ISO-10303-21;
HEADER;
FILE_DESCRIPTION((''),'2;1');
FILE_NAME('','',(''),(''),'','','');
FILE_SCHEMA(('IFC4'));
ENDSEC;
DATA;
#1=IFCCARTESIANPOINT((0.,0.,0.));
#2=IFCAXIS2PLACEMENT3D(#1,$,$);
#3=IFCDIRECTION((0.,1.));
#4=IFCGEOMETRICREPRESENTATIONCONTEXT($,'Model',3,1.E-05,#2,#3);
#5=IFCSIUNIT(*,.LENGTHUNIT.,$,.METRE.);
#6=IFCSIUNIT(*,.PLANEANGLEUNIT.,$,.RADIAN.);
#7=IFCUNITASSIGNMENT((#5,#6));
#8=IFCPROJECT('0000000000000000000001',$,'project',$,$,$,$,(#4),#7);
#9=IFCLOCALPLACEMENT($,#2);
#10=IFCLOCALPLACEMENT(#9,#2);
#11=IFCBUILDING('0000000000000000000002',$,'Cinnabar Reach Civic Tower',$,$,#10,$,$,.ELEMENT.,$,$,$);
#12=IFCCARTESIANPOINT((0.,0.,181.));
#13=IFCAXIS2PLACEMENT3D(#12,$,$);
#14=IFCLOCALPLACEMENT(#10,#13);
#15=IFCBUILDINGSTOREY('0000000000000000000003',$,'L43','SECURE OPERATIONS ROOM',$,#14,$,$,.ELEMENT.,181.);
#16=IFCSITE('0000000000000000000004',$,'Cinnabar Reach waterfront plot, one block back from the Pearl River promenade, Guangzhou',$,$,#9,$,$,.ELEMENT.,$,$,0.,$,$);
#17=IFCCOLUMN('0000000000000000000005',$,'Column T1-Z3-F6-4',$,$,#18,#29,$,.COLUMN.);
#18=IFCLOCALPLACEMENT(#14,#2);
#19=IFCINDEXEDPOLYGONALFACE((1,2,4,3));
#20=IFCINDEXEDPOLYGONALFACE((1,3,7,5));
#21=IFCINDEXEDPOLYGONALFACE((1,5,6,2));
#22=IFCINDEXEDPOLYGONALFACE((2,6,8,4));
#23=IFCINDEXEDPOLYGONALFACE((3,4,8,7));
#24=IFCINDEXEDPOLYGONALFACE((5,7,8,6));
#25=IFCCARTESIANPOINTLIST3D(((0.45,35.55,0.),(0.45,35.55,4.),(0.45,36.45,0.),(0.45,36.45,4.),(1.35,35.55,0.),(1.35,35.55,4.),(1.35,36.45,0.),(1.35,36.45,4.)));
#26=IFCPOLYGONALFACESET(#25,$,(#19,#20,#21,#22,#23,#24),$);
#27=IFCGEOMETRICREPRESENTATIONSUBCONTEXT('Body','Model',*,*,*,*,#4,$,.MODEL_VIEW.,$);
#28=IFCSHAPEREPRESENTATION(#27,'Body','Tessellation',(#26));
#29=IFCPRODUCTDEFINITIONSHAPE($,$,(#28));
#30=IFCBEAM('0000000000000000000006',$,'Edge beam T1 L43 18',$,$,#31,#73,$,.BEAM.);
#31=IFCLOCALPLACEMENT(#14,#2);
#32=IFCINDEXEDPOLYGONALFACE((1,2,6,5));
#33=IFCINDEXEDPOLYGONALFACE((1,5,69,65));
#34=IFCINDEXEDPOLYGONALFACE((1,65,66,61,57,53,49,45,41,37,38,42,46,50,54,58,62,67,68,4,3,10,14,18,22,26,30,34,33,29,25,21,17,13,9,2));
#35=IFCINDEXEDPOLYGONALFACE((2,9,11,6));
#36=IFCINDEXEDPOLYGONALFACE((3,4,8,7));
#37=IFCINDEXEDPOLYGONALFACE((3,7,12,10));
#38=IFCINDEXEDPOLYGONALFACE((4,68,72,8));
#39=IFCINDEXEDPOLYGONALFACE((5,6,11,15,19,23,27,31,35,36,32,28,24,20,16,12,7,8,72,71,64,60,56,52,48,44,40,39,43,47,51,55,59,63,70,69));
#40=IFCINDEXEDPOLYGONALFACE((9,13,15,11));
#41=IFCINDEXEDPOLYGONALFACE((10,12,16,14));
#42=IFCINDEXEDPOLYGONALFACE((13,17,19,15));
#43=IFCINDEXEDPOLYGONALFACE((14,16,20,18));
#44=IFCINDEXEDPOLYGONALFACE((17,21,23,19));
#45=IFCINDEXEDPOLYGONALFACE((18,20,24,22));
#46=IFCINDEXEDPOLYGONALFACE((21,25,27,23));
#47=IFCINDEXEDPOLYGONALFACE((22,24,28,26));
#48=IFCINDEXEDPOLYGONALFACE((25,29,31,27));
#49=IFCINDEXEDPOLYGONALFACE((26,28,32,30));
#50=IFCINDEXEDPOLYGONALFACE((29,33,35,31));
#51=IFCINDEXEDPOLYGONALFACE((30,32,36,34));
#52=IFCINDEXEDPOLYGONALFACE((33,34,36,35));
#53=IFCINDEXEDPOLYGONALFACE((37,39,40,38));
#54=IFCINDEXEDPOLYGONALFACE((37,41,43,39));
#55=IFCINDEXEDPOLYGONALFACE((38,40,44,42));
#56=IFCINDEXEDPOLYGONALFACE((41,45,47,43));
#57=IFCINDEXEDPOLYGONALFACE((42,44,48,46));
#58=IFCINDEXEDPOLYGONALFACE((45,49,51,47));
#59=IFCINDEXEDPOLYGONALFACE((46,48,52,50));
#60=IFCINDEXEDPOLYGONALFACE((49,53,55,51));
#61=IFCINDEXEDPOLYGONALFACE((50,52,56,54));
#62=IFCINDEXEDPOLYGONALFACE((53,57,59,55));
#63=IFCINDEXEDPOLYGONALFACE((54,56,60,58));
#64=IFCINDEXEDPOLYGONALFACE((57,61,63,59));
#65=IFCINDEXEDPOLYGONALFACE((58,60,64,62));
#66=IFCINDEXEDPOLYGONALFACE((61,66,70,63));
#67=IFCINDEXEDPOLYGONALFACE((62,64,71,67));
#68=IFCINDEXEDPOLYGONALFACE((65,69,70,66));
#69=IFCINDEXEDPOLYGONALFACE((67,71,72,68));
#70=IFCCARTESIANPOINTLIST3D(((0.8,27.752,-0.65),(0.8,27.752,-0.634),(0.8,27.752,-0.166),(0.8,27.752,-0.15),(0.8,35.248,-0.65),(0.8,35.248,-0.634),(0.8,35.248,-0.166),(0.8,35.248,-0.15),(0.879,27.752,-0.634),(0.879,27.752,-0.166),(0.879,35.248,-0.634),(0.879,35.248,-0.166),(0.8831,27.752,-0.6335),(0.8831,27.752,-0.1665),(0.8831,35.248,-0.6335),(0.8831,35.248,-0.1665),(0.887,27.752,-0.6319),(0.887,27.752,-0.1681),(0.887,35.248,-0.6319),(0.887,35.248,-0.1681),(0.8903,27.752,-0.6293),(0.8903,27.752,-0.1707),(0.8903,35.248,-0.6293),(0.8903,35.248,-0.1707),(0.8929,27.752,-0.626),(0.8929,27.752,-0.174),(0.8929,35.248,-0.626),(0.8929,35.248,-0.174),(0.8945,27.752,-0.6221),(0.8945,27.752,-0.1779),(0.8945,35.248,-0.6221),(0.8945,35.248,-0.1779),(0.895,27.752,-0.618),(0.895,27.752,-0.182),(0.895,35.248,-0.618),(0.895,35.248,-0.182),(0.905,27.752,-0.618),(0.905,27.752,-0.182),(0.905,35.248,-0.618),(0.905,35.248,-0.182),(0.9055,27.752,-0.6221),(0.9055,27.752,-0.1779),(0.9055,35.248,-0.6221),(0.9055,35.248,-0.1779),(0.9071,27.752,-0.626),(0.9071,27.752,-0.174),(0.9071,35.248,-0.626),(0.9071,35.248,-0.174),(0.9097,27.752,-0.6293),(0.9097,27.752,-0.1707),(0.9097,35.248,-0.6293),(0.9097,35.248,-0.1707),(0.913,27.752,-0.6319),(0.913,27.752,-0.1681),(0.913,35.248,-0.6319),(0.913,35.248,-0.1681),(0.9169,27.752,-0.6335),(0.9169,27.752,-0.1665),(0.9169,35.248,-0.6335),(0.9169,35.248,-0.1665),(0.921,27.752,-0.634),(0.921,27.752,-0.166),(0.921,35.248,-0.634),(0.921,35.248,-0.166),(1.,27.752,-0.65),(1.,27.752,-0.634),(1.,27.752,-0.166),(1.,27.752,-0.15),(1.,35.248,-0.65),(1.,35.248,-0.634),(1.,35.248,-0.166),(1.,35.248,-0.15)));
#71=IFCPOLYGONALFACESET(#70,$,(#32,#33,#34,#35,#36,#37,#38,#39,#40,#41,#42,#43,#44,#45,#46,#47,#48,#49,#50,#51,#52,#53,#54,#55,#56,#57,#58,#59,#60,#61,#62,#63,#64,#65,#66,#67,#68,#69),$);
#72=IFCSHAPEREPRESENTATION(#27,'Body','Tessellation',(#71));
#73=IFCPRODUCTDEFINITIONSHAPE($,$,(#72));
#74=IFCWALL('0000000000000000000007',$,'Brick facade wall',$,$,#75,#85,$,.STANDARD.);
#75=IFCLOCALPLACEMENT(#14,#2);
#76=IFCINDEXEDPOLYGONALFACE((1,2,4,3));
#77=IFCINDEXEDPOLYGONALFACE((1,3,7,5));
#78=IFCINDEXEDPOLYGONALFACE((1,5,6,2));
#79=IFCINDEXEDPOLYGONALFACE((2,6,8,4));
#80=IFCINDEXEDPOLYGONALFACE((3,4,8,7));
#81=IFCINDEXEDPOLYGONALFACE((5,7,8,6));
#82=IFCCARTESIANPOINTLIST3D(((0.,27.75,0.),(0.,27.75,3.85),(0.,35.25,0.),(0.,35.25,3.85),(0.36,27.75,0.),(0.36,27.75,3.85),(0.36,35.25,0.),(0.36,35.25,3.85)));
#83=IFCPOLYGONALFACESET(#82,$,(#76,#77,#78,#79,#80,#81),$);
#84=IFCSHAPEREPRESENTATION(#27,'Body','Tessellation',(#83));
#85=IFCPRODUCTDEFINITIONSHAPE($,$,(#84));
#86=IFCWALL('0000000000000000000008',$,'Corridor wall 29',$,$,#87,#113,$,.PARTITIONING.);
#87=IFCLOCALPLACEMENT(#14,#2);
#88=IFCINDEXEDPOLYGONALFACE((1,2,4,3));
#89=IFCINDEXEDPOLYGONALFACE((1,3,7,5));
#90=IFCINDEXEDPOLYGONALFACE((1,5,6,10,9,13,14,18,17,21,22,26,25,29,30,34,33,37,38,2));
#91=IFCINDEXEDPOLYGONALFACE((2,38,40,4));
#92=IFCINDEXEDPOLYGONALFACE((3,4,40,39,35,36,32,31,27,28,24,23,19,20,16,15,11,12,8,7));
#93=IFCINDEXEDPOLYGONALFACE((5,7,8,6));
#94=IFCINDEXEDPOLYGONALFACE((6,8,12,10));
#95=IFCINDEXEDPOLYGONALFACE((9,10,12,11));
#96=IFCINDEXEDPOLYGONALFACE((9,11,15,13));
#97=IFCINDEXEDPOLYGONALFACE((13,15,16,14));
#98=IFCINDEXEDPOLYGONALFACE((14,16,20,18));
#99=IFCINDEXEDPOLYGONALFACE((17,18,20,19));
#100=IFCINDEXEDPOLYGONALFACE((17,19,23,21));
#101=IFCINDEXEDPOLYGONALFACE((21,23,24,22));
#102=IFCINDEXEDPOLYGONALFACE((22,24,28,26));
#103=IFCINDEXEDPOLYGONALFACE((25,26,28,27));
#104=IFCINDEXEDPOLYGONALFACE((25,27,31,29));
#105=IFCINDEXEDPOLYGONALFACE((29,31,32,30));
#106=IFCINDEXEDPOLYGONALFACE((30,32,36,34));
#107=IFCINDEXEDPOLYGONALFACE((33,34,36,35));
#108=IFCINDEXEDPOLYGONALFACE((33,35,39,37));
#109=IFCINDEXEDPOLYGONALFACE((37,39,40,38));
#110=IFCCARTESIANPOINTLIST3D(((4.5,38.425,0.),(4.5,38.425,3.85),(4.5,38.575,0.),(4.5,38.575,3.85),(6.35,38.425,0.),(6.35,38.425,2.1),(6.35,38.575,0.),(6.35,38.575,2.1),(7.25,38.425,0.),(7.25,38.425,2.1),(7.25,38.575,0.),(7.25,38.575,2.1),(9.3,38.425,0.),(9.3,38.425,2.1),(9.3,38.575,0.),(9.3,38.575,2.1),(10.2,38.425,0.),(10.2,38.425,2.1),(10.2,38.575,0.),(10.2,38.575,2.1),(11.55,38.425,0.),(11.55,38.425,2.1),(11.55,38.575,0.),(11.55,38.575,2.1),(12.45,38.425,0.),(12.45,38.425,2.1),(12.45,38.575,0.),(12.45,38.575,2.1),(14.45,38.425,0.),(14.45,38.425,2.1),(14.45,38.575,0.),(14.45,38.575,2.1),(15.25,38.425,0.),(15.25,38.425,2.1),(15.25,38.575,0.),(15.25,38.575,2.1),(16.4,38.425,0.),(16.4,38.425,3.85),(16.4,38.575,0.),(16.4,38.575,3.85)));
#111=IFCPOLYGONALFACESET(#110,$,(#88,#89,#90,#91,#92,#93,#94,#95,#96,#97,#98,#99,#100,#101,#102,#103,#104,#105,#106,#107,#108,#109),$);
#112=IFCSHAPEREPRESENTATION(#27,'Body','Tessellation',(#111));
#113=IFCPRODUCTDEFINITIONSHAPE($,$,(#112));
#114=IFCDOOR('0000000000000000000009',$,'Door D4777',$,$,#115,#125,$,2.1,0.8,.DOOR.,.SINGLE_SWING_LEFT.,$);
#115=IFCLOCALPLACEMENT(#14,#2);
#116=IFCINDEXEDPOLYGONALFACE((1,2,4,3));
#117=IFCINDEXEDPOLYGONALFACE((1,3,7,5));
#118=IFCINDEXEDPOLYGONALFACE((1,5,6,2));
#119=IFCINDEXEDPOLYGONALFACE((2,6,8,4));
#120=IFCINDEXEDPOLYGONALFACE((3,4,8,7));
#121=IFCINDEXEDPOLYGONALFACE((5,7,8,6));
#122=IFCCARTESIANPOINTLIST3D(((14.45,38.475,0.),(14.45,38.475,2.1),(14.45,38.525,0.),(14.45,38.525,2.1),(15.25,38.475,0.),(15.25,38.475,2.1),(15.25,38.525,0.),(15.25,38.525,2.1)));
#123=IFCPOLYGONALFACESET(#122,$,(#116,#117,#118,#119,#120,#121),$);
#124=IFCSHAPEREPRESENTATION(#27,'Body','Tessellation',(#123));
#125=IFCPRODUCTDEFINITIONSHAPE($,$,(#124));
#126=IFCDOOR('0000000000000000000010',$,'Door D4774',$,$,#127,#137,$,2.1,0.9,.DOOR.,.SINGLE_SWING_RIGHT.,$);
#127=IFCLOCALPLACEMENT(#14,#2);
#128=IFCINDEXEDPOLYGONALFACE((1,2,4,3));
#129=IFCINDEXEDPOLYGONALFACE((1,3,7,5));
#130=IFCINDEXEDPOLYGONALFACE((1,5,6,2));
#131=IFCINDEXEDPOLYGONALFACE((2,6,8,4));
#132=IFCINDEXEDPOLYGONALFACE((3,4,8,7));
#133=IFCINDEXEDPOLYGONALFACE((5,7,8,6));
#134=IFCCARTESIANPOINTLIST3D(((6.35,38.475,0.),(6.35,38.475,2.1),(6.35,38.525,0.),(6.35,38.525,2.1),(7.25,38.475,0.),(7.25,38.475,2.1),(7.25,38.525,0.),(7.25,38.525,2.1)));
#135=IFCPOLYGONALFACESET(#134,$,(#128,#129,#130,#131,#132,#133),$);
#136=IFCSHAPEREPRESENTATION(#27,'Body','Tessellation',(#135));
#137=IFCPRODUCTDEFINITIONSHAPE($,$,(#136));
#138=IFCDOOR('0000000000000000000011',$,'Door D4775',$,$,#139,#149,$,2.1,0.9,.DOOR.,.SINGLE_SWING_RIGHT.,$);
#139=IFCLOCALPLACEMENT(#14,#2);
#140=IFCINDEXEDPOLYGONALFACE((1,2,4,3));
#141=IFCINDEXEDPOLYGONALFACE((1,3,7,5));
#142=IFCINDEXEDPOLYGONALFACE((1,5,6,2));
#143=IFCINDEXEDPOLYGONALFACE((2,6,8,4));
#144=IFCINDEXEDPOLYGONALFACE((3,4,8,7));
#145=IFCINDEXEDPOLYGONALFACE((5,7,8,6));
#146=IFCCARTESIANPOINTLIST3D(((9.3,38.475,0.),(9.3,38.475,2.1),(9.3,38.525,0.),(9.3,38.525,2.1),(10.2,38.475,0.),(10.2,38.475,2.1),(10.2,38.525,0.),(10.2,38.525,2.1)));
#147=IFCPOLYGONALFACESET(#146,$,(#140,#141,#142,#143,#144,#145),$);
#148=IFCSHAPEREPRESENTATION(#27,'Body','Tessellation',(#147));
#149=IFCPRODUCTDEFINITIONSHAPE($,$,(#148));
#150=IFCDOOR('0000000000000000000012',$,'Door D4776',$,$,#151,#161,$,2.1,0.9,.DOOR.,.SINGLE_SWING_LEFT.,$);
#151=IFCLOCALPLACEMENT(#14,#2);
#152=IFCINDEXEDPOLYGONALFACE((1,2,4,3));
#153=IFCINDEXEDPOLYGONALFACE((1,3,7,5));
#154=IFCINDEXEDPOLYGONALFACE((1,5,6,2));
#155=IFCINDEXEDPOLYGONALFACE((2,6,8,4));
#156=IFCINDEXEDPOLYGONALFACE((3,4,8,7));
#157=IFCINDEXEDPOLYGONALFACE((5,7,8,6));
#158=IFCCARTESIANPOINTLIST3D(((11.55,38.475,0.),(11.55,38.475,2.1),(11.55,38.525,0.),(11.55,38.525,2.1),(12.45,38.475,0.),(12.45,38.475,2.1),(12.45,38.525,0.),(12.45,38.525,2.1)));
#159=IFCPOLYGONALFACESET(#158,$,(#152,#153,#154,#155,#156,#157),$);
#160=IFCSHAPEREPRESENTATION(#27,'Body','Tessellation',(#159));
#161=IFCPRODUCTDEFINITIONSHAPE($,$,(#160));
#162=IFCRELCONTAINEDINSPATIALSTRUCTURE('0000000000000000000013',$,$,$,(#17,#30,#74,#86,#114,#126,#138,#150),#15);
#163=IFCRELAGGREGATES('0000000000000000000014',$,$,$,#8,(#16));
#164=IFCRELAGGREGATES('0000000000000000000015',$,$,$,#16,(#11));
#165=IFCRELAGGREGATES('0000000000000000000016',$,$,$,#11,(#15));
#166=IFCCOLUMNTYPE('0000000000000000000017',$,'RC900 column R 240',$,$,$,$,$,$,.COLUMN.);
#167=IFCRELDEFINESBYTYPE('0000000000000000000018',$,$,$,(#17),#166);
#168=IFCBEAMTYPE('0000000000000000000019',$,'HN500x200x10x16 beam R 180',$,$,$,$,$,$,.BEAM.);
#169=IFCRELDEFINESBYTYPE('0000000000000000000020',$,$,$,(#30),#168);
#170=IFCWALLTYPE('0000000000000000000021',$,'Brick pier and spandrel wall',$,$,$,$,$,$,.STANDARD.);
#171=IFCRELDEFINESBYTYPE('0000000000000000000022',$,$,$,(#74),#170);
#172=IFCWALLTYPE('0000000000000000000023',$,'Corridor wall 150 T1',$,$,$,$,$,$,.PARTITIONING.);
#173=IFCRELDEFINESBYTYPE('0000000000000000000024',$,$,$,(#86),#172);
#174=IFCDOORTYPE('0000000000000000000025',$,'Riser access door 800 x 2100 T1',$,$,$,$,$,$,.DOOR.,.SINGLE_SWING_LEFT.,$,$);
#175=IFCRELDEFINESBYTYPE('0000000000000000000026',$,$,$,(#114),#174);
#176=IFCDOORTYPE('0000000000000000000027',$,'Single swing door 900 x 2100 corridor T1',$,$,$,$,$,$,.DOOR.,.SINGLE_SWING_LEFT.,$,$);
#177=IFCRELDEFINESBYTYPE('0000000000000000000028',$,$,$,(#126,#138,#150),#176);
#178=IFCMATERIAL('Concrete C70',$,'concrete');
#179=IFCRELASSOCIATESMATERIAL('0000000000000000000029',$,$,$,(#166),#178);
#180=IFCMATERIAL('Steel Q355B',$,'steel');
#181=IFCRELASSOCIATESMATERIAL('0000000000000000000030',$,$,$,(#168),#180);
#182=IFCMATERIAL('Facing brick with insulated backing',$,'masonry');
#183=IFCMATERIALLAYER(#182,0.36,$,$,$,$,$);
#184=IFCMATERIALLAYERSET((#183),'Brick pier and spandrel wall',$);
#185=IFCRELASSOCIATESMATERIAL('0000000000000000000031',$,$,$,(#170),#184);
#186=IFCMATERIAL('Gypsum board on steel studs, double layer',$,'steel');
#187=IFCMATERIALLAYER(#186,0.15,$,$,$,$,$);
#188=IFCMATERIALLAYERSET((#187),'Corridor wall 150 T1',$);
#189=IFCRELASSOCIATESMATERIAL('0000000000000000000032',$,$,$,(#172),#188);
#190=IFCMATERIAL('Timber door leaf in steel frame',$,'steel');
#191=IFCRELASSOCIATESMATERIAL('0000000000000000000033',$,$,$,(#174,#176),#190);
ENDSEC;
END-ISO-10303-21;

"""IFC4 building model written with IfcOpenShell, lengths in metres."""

from ifc_helpers import new_model, si_unit, direction, frame, frame_2d, origin, origin_2d, place, context, subcontext, project, spatial, rectangle, i_section, extrude, material, layer, layer_set, material_profile, profile_set, type_object, element, fill, save


model = new_model("IFC4")

# Units and contexts
model_context = context("Model", 3, precision=1e-05, world=origin(), true_north=direction((0.0, 1.0)))
body_context = subcontext(model_context, "Body", "Model", "MODEL_VIEW")
ifc_project = project(units=[si_unit("LENGTHUNIT", "METRE"), si_unit("PLANEANGLEUNIT", "RADIAN")], contexts=[model_context])

# Site, building, storey
site_placement = place(None, origin())
site = spatial("IfcSite", under=ifc_project, at=site_placement, Name="Cinnabar Reach waterfront plot, one block back from the Pearl River promenade, Guangzhou", CompositionType="ELEMENT", RefElevation=0.0)
building_placement = place(site_placement, origin())
building = spatial("IfcBuilding", under=site, at=building_placement, Name="Cinnabar Reach Civic Tower", CompositionType="ELEMENT")
storey_placement = place(building_placement, frame((0.0, 0.0, 181.0)))
storey = spatial("IfcBuildingStorey", under=building, at=storey_placement, Name="L43", Description="SECURE OPERATIONS ROOM", CompositionType="ELEMENT", Elevation=181.0)

# Column
ifc_material_1 = material(Name="Concrete C70", Category="concrete")
ifc_material_profile_1 = material_profile(ifc_material_1, rectangle(XDim=0.9, YDim=0.9, at=origin_2d()), Name="RC900")
ifc_profile_set_1 = profile_set([ifc_material_profile_1], Name="Concrete C70")
column_type = type_object("IfcColumnType", Name="RC900 column R 240", PredefinedType="COLUMN", material=ifc_profile_set_1)
column_placement = place(storey_placement, frame((0.9, 36.0, 0.0), z_axis=(0.0, 0.0, 1.0), x_axis=(1.0, 0.0, 0.0)))
element("IfcColumn", 1, at=column_placement, inside=storey, type_object=column_type, Name="Column T1-Z3-F6-4", PredefinedType="COLUMN", context=body_context, shape_type="SweptSolid", body=[
    extrude(rectangle(XDim=0.9, YDim=0.9, at=origin_2d()), origin(), (0.0, 0.0, 1.0), 4.0),
])

# Beam
ifc_material_2 = material(Name="Steel Q355B", Category="steel")
ifc_material_profile_2 = material_profile(ifc_material_2, i_section(OverallWidth=0.2, OverallDepth=0.5, WebThickness=0.01, FlangeThickness=0.016, FilletRadius=0.016, at=origin_2d()), Name="HN500x200x10x16")
ifc_profile_set_2 = profile_set([ifc_material_profile_2], Name="Steel Q355B")
beam_type = type_object("IfcBeamType", Name="HN500x200x10x16 beam R 180", PredefinedType="BEAM", material=ifc_profile_set_2)
beam_placement = place(storey_placement, frame((0.9, 35.248, -0.4), z_axis=(0.0, -1.0, 0.0), x_axis=(1.0, 0.0, 0.0)))
element("IfcBeam", 2, at=beam_placement, inside=storey, type_object=beam_type, Name="Edge beam T1 L43 18", PredefinedType="BEAM", context=body_context, shape_type="SweptSolid", body=[
    extrude(i_section(OverallWidth=0.2, OverallDepth=0.5, WebThickness=0.01, FlangeThickness=0.016, FilletRadius=0.016, at=origin_2d()), origin(), (0.0, 0.0, 1.0), 7.496),
])

# Wall
ifc_material_3 = material(Name="Facing brick with insulated backing", Category="masonry")
ifc_layer_1 = layer(ifc_material_3, 0.36)
ifc_layer_set_1 = layer_set([ifc_layer_1], Name="Brick pier and spandrel wall")
wall_type_1 = type_object("IfcWallType", Name="Brick pier and spandrel wall", PredefinedType="STANDARD", material=ifc_layer_set_1)
wall_1_placement = place(storey_placement, frame((0.18, 35.25, 0.0), z_axis=(0.0, 0.0, 1.0), x_axis=(0.0, -1.0, 0.0)))
element("IfcWall", 3, at=wall_1_placement, inside=storey, type_object=wall_type_1, Name="Brick facade wall", PredefinedType="STANDARD", context=body_context, shape_type="SweptSolid", body=[
    extrude(rectangle(XDim=7.5, YDim=0.36, at=frame_2d((3.75, 0.0))), origin(), (0.0, 0.0, 1.0), 3.85),
])

# Wall, openings, doors
ifc_material_4 = material(Name="Gypsum board on steel studs, double layer", Category="steel")
ifc_layer_2 = layer(ifc_material_4, 0.15)
ifc_layer_set_2 = layer_set([ifc_layer_2], Name="Corridor wall 150 T1")
wall_type_2 = type_object("IfcWallType", Name="Corridor wall 150 T1", PredefinedType="PARTITIONING", material=ifc_layer_set_2)
wall_2_placement = place(storey_placement, frame((4.5, 38.5, 0.0), z_axis=(0.0, 0.0, 1.0), x_axis=(1.0, 0.0, 0.0)))
wall_2 = element("IfcWall", 4, at=wall_2_placement, inside=storey, type_object=wall_type_2, Name="Corridor wall 29", PredefinedType="PARTITIONING", context=body_context, shape_type="SweptSolid", body=[
    extrude(rectangle(XDim=11.9, YDim=0.15, at=frame_2d((5.95, 0.0))), origin(), (0.0, 0.0, 1.0), 3.85),
])
opening_1_placement = place(wall_2_placement, frame((1.85, 0.0, 0.0)))
opening_1 = element("IfcOpeningElement", 5, at=opening_1_placement, cuts=wall_2, PredefinedType="OPENING", context=body_context, shape_type="SweptSolid", body=[
    extrude(rectangle(XDim=0.9, YDim=2.1, at=frame_2d((0.45, 1.05))), frame((0.0, 0.085, 0.0), z_axis=(0.0, -1.0, 0.0), x_axis=(1.0, 0.0, 0.0)), (0.0, 0.0, 1.0), 0.17),
])
opening_2_placement = place(wall_2_placement, frame((4.8, 0.0, 0.0)))
opening_2 = element("IfcOpeningElement", 6, at=opening_2_placement, cuts=wall_2, PredefinedType="OPENING", context=body_context, shape_type="SweptSolid", body=[
    extrude(rectangle(XDim=0.9, YDim=2.1, at=frame_2d((0.45, 1.05))), frame((0.0, 0.085, 0.0), z_axis=(0.0, -1.0, 0.0), x_axis=(1.0, 0.0, 0.0)), (0.0, 0.0, 1.0), 0.17),
])
opening_3_placement = place(wall_2_placement, frame((7.05, 0.0, 0.0)))
opening_3 = element("IfcOpeningElement", 7, at=opening_3_placement, cuts=wall_2, PredefinedType="OPENING", context=body_context, shape_type="SweptSolid", body=[
    extrude(rectangle(XDim=0.9, YDim=2.1, at=frame_2d((0.45, 1.05))), frame((0.0, 0.085, 0.0), z_axis=(0.0, -1.0, 0.0), x_axis=(1.0, 0.0, 0.0)), (0.0, 0.0, 1.0), 0.17),
])
opening_4_placement = place(wall_2_placement, frame((9.95, 0.0, 0.0)))
opening_4 = element("IfcOpeningElement", 8, at=opening_4_placement, cuts=wall_2, PredefinedType="OPENING", context=body_context, shape_type="SweptSolid", body=[
    extrude(rectangle(XDim=0.8, YDim=2.1, at=frame_2d((0.4, 1.05))), frame((0.0, 0.085, 0.0), z_axis=(0.0, -1.0, 0.0), x_axis=(1.0, 0.0, 0.0)), (0.0, 0.0, 1.0), 0.17),
])
ifc_material_5 = material(Name="Timber door leaf in steel frame", Category="steel")
door_type_1 = type_object("IfcDoorType", Name="Riser access door 800 x 2100 T1", OperationType="SINGLE_SWING_LEFT", PredefinedType="DOOR", material=ifc_material_5)
door_1_placement = place(opening_4_placement, origin())
door_1 = element("IfcDoor", 9, at=door_1_placement, inside=storey, type_object=door_type_1, Name="Door D4777", OperationType="SINGLE_SWING_LEFT", OverallHeight=2.1, OverallWidth=0.8, PredefinedType="DOOR", context=body_context, shape_type="SweptSolid", body=[
    extrude(rectangle(XDim=0.8, YDim=2.1, at=frame_2d((0.4, 1.05))), frame((0.0, 0.025, 0.0), z_axis=(0.0, -1.0, 0.0), x_axis=(1.0, 0.0, 0.0)), (0.0, 0.0, 1.0), 0.05),
])
fill(opening_4, door_1)
door_type_2 = type_object("IfcDoorType", Name="Single swing door 900 x 2100 corridor T1", OperationType="SINGLE_SWING_LEFT", PredefinedType="DOOR", material=ifc_material_5)
door_2_placement = place(opening_1_placement, origin())
door_2 = element("IfcDoor", 10, at=door_2_placement, inside=storey, type_object=door_type_2, Name="Door D4774", OperationType="SINGLE_SWING_RIGHT", OverallHeight=2.1, OverallWidth=0.9, PredefinedType="DOOR", context=body_context, shape_type="SweptSolid", body=[
    extrude(rectangle(XDim=0.9, YDim=2.1, at=frame_2d((0.45, 1.05))), frame((0.0, 0.025, 0.0), z_axis=(0.0, -1.0, 0.0), x_axis=(1.0, 0.0, 0.0)), (0.0, 0.0, 1.0), 0.05),
])
fill(opening_1, door_2)
door_3_placement = place(opening_2_placement, origin())
door_3 = element("IfcDoor", 11, at=door_3_placement, inside=storey, type_object=door_type_2, Name="Door D4775", OperationType="SINGLE_SWING_RIGHT", OverallHeight=2.1, OverallWidth=0.9, PredefinedType="DOOR", context=body_context, shape_type="SweptSolid", body=[
    extrude(rectangle(XDim=0.9, YDim=2.1, at=frame_2d((0.45, 1.05))), frame((0.0, 0.025, 0.0), z_axis=(0.0, -1.0, 0.0), x_axis=(1.0, 0.0, 0.0)), (0.0, 0.0, 1.0), 0.05),
])
fill(opening_2, door_3)
door_4_placement = place(opening_3_placement, origin())
door_4 = element("IfcDoor", 12, at=door_4_placement, inside=storey, type_object=door_type_2, Name="Door D4776", OperationType="SINGLE_SWING_LEFT", OverallHeight=2.1, OverallWidth=0.9, PredefinedType="DOOR", context=body_context, shape_type="SweptSolid", body=[
    extrude(rectangle(XDim=0.9, YDim=2.1, at=frame_2d((0.45, 1.05))), frame((0.0, 0.025, 0.0), z_axis=(0.0, -1.0, 0.0), x_axis=(1.0, 0.0, 0.0)), (0.0, 0.0, 1.0), 0.05),
])
fill(opening_3, door_4)

save(model, "model.ifc")
